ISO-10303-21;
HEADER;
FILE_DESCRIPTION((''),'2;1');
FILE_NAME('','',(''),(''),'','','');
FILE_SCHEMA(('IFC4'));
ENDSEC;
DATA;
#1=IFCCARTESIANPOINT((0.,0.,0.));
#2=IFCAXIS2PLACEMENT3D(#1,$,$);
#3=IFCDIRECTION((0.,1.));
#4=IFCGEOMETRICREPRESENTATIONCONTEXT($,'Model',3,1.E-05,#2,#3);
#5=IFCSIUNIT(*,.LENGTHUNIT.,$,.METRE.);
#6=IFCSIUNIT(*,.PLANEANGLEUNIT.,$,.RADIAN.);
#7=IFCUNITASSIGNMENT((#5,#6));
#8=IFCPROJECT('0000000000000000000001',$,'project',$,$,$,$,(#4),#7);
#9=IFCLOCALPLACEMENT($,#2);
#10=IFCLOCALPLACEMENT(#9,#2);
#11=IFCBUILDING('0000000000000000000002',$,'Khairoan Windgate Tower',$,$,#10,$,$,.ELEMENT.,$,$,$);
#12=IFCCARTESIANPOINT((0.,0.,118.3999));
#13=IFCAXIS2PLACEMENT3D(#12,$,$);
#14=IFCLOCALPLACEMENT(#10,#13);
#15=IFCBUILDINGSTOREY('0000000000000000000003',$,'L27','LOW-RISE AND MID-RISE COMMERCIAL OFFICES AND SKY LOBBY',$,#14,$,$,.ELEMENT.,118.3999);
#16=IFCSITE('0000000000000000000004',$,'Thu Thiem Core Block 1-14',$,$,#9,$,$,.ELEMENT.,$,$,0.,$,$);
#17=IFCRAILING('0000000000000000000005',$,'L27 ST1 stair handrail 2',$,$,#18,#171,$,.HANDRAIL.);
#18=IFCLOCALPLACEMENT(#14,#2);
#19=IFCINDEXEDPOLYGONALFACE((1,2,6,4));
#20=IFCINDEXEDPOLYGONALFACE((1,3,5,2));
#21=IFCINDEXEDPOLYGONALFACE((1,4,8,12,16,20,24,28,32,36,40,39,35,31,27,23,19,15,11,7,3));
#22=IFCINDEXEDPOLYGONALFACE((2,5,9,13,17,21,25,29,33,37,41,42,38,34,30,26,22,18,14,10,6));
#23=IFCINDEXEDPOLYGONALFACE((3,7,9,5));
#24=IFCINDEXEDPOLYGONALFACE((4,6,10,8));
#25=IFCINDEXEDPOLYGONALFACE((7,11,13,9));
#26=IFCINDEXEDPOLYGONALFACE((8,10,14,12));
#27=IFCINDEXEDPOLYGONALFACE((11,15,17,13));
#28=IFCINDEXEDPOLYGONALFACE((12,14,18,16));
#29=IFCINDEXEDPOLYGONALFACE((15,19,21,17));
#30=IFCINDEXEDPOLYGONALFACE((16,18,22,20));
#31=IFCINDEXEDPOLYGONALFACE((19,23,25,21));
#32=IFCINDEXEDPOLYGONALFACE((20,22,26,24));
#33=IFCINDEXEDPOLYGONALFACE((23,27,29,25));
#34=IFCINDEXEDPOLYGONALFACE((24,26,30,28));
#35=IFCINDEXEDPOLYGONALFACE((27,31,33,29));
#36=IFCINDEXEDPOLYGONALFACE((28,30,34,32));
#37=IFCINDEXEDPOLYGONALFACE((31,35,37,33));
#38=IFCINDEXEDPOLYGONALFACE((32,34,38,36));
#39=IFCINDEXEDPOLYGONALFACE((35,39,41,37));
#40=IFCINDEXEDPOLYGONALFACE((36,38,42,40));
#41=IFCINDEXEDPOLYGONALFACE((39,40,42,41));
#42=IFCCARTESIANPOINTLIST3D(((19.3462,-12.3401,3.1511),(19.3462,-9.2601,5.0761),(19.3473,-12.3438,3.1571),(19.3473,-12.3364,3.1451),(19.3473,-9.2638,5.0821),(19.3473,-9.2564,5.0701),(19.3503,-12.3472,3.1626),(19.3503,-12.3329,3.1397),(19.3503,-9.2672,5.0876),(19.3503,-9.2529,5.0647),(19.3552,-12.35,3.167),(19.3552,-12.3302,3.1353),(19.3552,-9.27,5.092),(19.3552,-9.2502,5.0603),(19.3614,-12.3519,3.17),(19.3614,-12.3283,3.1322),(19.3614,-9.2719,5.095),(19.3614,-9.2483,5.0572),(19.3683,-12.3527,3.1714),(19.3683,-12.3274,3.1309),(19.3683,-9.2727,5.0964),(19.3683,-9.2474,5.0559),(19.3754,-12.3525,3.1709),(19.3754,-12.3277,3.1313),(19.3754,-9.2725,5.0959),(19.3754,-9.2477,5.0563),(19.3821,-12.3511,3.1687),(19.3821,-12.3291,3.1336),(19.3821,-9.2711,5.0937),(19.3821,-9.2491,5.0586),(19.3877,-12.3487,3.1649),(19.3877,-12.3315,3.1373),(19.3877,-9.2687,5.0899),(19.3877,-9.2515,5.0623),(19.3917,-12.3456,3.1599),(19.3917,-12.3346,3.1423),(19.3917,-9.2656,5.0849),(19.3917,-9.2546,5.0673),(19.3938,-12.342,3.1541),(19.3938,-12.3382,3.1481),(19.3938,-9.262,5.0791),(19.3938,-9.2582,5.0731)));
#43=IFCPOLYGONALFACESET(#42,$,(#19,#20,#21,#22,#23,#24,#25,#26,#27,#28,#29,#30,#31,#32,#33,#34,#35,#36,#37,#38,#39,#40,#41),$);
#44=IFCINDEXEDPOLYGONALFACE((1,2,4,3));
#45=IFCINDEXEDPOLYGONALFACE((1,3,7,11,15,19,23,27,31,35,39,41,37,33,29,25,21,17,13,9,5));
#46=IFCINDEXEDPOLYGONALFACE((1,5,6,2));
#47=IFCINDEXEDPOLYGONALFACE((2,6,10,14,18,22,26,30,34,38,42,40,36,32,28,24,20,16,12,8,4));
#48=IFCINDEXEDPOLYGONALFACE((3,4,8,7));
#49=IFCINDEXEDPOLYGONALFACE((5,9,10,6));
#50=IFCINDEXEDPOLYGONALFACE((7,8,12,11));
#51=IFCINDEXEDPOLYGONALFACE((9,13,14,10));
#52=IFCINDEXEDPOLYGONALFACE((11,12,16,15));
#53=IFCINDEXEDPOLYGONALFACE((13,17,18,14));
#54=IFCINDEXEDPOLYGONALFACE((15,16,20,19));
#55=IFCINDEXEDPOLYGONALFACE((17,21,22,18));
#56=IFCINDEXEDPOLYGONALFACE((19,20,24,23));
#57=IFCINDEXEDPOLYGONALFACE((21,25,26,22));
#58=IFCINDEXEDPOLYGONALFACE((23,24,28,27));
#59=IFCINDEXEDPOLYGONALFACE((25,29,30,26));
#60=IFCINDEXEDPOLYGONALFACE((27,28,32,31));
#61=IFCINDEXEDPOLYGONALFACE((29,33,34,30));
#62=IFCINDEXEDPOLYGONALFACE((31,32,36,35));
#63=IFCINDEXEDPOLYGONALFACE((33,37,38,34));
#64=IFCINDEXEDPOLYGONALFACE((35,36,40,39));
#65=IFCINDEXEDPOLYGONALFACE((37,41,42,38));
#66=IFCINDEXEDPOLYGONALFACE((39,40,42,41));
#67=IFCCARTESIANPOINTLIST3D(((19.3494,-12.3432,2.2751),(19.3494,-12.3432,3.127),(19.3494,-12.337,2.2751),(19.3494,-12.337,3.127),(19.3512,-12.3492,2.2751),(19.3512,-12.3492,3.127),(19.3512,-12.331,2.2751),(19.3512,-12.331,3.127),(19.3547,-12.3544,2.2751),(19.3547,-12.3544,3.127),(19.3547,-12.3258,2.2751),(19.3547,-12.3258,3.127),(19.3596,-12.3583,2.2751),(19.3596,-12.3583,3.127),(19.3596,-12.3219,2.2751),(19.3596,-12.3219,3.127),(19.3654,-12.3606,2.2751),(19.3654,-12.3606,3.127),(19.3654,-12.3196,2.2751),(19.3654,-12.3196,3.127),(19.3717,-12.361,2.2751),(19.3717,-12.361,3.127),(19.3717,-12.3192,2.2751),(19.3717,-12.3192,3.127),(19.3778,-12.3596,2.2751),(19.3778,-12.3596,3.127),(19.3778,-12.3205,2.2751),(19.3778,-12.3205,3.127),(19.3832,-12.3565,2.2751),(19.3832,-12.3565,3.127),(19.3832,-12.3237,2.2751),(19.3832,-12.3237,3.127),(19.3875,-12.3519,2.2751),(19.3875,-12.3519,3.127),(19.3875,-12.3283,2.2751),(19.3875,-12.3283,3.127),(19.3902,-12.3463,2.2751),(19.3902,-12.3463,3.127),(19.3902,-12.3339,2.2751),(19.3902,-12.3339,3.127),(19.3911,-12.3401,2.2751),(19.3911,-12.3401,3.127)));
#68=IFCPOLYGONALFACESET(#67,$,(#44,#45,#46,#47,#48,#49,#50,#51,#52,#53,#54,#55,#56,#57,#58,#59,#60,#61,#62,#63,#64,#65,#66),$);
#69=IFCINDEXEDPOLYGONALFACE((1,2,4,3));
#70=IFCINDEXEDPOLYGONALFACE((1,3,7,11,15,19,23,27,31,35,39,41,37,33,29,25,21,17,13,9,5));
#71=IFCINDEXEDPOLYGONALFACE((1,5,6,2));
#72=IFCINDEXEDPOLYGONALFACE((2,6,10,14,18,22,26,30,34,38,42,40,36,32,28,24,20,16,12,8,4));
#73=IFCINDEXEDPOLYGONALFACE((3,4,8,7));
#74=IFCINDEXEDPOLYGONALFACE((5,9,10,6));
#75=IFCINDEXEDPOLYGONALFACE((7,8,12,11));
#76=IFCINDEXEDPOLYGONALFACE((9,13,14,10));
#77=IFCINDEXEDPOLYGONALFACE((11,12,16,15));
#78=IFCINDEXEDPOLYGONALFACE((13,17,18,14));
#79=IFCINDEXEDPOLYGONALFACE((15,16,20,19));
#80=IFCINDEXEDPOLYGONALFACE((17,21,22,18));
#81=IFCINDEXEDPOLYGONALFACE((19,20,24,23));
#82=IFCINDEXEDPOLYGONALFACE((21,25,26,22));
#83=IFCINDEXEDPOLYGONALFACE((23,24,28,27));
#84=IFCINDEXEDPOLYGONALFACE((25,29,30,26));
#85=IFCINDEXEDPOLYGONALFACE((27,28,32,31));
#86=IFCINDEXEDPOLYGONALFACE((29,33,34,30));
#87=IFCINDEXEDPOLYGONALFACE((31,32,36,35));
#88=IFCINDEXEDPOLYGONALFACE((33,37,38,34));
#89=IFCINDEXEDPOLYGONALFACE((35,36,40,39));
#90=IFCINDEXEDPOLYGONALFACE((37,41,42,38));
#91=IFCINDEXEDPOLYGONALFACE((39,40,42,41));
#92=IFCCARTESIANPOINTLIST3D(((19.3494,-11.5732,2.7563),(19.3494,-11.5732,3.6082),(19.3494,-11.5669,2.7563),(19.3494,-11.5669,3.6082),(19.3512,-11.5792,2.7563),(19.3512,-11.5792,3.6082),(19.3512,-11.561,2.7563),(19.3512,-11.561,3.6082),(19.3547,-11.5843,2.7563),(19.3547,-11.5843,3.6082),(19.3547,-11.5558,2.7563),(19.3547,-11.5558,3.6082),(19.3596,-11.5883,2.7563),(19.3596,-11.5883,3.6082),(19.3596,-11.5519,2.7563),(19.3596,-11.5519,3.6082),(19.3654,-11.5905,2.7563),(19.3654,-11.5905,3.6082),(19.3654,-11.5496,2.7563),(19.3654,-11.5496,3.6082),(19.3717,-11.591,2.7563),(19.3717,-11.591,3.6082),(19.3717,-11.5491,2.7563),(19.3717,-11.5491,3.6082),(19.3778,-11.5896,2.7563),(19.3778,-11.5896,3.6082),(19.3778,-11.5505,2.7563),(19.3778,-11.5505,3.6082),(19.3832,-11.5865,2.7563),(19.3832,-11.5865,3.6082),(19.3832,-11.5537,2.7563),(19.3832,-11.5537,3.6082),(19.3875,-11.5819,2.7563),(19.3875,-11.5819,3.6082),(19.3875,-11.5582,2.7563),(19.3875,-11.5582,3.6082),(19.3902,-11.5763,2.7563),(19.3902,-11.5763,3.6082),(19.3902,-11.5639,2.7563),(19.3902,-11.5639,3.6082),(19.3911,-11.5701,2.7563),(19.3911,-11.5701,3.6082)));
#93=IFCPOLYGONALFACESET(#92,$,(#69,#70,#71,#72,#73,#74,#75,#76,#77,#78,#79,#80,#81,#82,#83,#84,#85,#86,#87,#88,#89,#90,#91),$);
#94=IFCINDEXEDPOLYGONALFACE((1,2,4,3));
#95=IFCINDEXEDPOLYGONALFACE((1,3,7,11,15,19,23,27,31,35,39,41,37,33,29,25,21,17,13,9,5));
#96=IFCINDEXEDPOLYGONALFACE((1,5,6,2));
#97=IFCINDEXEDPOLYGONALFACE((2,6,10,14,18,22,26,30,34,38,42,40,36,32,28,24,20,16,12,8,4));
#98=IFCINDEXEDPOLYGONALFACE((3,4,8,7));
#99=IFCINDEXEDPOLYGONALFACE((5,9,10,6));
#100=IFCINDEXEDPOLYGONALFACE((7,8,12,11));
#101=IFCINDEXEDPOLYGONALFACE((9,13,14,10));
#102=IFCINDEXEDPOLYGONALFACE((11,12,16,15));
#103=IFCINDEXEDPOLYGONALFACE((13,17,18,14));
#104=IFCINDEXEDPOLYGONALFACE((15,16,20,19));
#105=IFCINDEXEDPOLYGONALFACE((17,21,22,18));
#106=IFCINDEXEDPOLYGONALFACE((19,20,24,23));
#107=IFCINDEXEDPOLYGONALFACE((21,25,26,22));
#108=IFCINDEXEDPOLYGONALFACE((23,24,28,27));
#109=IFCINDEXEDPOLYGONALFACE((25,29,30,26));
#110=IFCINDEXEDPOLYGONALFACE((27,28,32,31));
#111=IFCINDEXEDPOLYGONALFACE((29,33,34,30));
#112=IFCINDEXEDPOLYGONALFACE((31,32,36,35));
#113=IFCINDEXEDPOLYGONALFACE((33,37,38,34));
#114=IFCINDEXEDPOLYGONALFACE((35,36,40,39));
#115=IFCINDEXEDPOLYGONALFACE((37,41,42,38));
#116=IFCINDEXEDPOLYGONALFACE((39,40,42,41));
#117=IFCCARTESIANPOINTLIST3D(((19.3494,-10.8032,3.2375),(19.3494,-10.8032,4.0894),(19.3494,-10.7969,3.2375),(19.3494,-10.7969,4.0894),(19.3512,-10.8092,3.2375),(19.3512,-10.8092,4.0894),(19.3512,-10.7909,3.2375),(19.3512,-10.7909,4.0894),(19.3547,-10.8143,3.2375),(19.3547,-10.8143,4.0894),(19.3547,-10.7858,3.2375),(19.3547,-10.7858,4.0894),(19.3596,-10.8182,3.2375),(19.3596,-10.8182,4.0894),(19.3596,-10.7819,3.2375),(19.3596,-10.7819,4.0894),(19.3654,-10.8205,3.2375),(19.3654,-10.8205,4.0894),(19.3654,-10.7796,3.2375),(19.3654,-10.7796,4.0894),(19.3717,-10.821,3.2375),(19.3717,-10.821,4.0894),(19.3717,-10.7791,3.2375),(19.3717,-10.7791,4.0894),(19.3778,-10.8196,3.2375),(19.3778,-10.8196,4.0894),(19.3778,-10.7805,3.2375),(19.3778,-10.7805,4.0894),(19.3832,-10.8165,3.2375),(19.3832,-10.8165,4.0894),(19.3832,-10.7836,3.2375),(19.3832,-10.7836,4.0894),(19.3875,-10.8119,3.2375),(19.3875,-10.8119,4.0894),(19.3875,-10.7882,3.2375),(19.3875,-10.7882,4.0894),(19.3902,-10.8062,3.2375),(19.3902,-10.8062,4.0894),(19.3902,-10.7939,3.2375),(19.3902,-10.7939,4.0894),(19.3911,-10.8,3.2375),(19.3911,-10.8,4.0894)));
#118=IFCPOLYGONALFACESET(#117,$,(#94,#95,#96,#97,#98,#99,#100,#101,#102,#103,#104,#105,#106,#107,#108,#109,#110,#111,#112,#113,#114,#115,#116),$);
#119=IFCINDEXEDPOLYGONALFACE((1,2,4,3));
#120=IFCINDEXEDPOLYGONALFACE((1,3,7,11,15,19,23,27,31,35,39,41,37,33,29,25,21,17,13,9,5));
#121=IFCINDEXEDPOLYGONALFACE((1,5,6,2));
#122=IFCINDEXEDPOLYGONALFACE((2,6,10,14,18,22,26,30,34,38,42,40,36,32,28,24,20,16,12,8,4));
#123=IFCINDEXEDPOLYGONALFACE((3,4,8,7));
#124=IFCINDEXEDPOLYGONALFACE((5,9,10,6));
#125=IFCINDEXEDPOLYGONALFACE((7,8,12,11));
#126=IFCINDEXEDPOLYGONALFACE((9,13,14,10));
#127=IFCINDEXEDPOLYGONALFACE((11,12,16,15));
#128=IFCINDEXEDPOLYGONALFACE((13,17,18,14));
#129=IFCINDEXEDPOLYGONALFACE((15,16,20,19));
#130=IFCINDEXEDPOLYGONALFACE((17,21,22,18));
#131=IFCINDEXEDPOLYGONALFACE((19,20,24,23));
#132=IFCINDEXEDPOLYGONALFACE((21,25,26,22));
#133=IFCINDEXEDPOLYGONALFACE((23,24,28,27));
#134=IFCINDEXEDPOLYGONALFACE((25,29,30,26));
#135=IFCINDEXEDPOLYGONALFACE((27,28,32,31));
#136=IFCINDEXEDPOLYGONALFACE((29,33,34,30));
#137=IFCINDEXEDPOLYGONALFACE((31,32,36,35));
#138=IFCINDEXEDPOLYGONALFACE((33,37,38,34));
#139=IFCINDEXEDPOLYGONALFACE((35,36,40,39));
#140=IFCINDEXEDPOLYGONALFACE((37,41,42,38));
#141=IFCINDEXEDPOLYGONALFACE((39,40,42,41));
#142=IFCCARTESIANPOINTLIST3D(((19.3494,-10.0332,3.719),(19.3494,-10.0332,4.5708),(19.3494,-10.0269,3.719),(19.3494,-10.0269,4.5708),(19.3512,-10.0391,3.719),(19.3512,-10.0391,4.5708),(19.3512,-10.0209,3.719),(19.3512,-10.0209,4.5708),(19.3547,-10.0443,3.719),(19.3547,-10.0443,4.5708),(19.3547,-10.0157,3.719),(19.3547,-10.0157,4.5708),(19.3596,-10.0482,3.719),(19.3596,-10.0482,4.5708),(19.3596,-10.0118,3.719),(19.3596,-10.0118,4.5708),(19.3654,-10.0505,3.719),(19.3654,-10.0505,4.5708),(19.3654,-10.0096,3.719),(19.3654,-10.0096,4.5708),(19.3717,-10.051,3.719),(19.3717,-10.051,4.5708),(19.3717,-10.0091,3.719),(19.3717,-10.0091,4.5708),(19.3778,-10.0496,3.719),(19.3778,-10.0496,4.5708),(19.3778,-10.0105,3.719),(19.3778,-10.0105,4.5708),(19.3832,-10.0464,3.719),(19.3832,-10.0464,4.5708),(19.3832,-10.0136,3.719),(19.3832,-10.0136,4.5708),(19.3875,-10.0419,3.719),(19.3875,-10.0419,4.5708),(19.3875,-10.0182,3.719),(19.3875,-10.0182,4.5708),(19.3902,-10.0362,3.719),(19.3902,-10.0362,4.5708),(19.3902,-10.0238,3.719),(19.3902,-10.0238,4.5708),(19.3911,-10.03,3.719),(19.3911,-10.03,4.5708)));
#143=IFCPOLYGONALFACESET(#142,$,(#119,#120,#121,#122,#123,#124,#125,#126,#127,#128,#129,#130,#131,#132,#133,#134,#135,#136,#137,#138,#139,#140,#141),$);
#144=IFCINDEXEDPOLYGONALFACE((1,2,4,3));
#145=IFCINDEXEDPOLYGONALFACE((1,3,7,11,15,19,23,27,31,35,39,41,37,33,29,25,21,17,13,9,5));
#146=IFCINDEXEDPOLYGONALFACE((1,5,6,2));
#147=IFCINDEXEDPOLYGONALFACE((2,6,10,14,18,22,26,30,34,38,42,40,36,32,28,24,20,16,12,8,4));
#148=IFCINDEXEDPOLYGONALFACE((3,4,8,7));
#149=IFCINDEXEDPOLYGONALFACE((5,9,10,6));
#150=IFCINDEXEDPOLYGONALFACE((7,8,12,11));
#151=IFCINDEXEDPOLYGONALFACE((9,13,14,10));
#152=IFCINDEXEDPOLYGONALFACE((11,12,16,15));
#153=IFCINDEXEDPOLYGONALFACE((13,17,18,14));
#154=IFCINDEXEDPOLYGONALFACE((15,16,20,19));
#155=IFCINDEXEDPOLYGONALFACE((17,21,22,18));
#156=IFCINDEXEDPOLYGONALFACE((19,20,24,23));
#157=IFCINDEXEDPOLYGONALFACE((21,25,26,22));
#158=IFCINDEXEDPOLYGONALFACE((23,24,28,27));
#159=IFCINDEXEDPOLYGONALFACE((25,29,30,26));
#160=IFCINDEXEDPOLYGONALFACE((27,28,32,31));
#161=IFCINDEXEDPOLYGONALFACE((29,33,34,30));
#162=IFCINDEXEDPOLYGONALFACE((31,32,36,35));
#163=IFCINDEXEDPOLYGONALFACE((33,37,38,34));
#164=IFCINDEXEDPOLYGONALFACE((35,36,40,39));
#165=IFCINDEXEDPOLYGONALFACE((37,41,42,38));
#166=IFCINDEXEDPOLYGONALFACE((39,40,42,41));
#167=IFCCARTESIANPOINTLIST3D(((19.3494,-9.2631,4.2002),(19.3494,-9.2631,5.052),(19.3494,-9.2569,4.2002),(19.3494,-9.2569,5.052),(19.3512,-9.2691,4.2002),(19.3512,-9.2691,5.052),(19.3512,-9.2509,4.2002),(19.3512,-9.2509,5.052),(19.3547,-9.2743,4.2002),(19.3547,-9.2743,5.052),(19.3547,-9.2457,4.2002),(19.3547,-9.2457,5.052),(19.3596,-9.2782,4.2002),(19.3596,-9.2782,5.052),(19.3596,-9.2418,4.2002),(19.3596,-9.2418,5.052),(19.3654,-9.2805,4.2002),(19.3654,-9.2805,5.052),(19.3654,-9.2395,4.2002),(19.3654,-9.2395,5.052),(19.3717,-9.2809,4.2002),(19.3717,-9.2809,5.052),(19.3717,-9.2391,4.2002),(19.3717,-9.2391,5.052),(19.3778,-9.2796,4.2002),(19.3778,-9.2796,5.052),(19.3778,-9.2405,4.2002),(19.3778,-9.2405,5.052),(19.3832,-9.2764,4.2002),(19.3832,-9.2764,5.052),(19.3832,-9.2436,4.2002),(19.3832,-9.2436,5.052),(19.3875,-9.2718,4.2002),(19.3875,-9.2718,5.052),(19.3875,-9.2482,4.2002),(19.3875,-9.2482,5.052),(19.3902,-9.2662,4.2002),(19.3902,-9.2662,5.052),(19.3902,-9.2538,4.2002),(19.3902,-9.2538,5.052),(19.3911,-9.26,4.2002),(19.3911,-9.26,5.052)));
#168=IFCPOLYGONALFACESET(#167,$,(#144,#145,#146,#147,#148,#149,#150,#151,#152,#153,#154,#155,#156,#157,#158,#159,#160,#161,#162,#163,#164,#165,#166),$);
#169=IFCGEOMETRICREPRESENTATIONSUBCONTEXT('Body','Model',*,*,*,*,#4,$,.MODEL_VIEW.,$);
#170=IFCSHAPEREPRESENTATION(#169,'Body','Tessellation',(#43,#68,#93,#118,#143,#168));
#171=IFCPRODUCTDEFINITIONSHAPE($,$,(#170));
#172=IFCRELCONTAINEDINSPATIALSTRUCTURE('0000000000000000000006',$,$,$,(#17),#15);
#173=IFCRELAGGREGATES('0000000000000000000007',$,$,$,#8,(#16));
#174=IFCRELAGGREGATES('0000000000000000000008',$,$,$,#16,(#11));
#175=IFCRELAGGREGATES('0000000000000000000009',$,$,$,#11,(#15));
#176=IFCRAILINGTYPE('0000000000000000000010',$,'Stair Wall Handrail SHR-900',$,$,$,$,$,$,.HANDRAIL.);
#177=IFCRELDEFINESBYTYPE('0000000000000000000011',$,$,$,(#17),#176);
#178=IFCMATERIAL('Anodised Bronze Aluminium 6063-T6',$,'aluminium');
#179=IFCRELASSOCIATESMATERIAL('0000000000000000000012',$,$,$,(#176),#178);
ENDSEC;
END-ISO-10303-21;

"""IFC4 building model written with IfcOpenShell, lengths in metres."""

from ifc_helpers import new_model, si_unit, direction, frame, origin, origin_2d, place, context, subcontext, project, spatial, circle, extrude, material, type_object, element, save


model = new_model("IFC4")

# Units and contexts
model_context = context("Model", 3, precision=1e-05, world=origin(), true_north=direction((0.0, 1.0)))
body_context = subcontext(model_context, "Body", "Model", "MODEL_VIEW")
ifc_project = project(units=[si_unit("LENGTHUNIT", "METRE"), si_unit("PLANEANGLEUNIT", "RADIAN")], contexts=[model_context])

# Site, building, storey
site_placement = place(None, origin())
site = spatial("IfcSite", under=ifc_project, at=site_placement, Name="Thu Thiem Core Block 1-14", CompositionType="ELEMENT", RefElevation=0.0)
building_placement = place(site_placement, origin())
building = spatial("IfcBuilding", under=site, at=building_placement, Name="Khairoan Windgate Tower", CompositionType="ELEMENT")
storey_placement = place(building_placement, frame((0.0, 0.0, 118.3999)))
storey = spatial("IfcBuildingStorey", under=building, at=storey_placement, Name="L27", Description="LOW-RISE AND MID-RISE COMMERCIAL OFFICES AND SKY LOBBY", CompositionType="ELEMENT", Elevation=118.3999)

# Railing
ifc_material_1 = material(Name="Anodised Bronze Aluminium 6063-T6", Category="aluminium")
railing_type_1 = type_object("IfcRailingType", Name="Stair Wall Handrail SHR-900", PredefinedType="HANDRAIL", material=ifc_material_1)
railing_1_placement = place(storey_placement, frame((19.3701, -12.3401, 2.2751)))
element("IfcRailing", 1, at=railing_1_placement, inside=storey, type_object=railing_type_1, Name="L27 ST1 stair handrail 2", PredefinedType="HANDRAIL", context=body_context, shape_type="SweptSolid", body=[
    extrude(circle(Radius=0.0239, at=origin_2d()), frame((0.0, 0.0, 0.876), z_axis=(0.0, 0.847998, 0.529999), x_axis=(-1.0, 0.0, 0.0)), (0.0, 0.0, 1.0), 3.6321),
    extrude(circle(Radius=0.021, at=origin_2d()), origin(), (0.0, 0.0, 1.0), 0.8518),
    extrude(circle(Radius=0.021, at=origin_2d()), frame((0.0, 0.77, 0.4812)), (0.0, 0.0, 1.0), 0.8518),
    extrude(circle(Radius=0.021, at=origin_2d()), frame((0.0, 1.54, 0.9624)), (0.0, 0.0, 1.0), 0.8518),
    extrude(circle(Radius=0.021, at=origin_2d()), frame((0.0, 2.3101, 1.4438)), (0.0, 0.0, 1.0), 0.8518),
    extrude(circle(Radius=0.021, at=origin_2d()), frame((0.0, 3.0801, 1.925)), (0.0, 0.0, 1.0), 0.8518),
])

save(model, "model.ifc")
